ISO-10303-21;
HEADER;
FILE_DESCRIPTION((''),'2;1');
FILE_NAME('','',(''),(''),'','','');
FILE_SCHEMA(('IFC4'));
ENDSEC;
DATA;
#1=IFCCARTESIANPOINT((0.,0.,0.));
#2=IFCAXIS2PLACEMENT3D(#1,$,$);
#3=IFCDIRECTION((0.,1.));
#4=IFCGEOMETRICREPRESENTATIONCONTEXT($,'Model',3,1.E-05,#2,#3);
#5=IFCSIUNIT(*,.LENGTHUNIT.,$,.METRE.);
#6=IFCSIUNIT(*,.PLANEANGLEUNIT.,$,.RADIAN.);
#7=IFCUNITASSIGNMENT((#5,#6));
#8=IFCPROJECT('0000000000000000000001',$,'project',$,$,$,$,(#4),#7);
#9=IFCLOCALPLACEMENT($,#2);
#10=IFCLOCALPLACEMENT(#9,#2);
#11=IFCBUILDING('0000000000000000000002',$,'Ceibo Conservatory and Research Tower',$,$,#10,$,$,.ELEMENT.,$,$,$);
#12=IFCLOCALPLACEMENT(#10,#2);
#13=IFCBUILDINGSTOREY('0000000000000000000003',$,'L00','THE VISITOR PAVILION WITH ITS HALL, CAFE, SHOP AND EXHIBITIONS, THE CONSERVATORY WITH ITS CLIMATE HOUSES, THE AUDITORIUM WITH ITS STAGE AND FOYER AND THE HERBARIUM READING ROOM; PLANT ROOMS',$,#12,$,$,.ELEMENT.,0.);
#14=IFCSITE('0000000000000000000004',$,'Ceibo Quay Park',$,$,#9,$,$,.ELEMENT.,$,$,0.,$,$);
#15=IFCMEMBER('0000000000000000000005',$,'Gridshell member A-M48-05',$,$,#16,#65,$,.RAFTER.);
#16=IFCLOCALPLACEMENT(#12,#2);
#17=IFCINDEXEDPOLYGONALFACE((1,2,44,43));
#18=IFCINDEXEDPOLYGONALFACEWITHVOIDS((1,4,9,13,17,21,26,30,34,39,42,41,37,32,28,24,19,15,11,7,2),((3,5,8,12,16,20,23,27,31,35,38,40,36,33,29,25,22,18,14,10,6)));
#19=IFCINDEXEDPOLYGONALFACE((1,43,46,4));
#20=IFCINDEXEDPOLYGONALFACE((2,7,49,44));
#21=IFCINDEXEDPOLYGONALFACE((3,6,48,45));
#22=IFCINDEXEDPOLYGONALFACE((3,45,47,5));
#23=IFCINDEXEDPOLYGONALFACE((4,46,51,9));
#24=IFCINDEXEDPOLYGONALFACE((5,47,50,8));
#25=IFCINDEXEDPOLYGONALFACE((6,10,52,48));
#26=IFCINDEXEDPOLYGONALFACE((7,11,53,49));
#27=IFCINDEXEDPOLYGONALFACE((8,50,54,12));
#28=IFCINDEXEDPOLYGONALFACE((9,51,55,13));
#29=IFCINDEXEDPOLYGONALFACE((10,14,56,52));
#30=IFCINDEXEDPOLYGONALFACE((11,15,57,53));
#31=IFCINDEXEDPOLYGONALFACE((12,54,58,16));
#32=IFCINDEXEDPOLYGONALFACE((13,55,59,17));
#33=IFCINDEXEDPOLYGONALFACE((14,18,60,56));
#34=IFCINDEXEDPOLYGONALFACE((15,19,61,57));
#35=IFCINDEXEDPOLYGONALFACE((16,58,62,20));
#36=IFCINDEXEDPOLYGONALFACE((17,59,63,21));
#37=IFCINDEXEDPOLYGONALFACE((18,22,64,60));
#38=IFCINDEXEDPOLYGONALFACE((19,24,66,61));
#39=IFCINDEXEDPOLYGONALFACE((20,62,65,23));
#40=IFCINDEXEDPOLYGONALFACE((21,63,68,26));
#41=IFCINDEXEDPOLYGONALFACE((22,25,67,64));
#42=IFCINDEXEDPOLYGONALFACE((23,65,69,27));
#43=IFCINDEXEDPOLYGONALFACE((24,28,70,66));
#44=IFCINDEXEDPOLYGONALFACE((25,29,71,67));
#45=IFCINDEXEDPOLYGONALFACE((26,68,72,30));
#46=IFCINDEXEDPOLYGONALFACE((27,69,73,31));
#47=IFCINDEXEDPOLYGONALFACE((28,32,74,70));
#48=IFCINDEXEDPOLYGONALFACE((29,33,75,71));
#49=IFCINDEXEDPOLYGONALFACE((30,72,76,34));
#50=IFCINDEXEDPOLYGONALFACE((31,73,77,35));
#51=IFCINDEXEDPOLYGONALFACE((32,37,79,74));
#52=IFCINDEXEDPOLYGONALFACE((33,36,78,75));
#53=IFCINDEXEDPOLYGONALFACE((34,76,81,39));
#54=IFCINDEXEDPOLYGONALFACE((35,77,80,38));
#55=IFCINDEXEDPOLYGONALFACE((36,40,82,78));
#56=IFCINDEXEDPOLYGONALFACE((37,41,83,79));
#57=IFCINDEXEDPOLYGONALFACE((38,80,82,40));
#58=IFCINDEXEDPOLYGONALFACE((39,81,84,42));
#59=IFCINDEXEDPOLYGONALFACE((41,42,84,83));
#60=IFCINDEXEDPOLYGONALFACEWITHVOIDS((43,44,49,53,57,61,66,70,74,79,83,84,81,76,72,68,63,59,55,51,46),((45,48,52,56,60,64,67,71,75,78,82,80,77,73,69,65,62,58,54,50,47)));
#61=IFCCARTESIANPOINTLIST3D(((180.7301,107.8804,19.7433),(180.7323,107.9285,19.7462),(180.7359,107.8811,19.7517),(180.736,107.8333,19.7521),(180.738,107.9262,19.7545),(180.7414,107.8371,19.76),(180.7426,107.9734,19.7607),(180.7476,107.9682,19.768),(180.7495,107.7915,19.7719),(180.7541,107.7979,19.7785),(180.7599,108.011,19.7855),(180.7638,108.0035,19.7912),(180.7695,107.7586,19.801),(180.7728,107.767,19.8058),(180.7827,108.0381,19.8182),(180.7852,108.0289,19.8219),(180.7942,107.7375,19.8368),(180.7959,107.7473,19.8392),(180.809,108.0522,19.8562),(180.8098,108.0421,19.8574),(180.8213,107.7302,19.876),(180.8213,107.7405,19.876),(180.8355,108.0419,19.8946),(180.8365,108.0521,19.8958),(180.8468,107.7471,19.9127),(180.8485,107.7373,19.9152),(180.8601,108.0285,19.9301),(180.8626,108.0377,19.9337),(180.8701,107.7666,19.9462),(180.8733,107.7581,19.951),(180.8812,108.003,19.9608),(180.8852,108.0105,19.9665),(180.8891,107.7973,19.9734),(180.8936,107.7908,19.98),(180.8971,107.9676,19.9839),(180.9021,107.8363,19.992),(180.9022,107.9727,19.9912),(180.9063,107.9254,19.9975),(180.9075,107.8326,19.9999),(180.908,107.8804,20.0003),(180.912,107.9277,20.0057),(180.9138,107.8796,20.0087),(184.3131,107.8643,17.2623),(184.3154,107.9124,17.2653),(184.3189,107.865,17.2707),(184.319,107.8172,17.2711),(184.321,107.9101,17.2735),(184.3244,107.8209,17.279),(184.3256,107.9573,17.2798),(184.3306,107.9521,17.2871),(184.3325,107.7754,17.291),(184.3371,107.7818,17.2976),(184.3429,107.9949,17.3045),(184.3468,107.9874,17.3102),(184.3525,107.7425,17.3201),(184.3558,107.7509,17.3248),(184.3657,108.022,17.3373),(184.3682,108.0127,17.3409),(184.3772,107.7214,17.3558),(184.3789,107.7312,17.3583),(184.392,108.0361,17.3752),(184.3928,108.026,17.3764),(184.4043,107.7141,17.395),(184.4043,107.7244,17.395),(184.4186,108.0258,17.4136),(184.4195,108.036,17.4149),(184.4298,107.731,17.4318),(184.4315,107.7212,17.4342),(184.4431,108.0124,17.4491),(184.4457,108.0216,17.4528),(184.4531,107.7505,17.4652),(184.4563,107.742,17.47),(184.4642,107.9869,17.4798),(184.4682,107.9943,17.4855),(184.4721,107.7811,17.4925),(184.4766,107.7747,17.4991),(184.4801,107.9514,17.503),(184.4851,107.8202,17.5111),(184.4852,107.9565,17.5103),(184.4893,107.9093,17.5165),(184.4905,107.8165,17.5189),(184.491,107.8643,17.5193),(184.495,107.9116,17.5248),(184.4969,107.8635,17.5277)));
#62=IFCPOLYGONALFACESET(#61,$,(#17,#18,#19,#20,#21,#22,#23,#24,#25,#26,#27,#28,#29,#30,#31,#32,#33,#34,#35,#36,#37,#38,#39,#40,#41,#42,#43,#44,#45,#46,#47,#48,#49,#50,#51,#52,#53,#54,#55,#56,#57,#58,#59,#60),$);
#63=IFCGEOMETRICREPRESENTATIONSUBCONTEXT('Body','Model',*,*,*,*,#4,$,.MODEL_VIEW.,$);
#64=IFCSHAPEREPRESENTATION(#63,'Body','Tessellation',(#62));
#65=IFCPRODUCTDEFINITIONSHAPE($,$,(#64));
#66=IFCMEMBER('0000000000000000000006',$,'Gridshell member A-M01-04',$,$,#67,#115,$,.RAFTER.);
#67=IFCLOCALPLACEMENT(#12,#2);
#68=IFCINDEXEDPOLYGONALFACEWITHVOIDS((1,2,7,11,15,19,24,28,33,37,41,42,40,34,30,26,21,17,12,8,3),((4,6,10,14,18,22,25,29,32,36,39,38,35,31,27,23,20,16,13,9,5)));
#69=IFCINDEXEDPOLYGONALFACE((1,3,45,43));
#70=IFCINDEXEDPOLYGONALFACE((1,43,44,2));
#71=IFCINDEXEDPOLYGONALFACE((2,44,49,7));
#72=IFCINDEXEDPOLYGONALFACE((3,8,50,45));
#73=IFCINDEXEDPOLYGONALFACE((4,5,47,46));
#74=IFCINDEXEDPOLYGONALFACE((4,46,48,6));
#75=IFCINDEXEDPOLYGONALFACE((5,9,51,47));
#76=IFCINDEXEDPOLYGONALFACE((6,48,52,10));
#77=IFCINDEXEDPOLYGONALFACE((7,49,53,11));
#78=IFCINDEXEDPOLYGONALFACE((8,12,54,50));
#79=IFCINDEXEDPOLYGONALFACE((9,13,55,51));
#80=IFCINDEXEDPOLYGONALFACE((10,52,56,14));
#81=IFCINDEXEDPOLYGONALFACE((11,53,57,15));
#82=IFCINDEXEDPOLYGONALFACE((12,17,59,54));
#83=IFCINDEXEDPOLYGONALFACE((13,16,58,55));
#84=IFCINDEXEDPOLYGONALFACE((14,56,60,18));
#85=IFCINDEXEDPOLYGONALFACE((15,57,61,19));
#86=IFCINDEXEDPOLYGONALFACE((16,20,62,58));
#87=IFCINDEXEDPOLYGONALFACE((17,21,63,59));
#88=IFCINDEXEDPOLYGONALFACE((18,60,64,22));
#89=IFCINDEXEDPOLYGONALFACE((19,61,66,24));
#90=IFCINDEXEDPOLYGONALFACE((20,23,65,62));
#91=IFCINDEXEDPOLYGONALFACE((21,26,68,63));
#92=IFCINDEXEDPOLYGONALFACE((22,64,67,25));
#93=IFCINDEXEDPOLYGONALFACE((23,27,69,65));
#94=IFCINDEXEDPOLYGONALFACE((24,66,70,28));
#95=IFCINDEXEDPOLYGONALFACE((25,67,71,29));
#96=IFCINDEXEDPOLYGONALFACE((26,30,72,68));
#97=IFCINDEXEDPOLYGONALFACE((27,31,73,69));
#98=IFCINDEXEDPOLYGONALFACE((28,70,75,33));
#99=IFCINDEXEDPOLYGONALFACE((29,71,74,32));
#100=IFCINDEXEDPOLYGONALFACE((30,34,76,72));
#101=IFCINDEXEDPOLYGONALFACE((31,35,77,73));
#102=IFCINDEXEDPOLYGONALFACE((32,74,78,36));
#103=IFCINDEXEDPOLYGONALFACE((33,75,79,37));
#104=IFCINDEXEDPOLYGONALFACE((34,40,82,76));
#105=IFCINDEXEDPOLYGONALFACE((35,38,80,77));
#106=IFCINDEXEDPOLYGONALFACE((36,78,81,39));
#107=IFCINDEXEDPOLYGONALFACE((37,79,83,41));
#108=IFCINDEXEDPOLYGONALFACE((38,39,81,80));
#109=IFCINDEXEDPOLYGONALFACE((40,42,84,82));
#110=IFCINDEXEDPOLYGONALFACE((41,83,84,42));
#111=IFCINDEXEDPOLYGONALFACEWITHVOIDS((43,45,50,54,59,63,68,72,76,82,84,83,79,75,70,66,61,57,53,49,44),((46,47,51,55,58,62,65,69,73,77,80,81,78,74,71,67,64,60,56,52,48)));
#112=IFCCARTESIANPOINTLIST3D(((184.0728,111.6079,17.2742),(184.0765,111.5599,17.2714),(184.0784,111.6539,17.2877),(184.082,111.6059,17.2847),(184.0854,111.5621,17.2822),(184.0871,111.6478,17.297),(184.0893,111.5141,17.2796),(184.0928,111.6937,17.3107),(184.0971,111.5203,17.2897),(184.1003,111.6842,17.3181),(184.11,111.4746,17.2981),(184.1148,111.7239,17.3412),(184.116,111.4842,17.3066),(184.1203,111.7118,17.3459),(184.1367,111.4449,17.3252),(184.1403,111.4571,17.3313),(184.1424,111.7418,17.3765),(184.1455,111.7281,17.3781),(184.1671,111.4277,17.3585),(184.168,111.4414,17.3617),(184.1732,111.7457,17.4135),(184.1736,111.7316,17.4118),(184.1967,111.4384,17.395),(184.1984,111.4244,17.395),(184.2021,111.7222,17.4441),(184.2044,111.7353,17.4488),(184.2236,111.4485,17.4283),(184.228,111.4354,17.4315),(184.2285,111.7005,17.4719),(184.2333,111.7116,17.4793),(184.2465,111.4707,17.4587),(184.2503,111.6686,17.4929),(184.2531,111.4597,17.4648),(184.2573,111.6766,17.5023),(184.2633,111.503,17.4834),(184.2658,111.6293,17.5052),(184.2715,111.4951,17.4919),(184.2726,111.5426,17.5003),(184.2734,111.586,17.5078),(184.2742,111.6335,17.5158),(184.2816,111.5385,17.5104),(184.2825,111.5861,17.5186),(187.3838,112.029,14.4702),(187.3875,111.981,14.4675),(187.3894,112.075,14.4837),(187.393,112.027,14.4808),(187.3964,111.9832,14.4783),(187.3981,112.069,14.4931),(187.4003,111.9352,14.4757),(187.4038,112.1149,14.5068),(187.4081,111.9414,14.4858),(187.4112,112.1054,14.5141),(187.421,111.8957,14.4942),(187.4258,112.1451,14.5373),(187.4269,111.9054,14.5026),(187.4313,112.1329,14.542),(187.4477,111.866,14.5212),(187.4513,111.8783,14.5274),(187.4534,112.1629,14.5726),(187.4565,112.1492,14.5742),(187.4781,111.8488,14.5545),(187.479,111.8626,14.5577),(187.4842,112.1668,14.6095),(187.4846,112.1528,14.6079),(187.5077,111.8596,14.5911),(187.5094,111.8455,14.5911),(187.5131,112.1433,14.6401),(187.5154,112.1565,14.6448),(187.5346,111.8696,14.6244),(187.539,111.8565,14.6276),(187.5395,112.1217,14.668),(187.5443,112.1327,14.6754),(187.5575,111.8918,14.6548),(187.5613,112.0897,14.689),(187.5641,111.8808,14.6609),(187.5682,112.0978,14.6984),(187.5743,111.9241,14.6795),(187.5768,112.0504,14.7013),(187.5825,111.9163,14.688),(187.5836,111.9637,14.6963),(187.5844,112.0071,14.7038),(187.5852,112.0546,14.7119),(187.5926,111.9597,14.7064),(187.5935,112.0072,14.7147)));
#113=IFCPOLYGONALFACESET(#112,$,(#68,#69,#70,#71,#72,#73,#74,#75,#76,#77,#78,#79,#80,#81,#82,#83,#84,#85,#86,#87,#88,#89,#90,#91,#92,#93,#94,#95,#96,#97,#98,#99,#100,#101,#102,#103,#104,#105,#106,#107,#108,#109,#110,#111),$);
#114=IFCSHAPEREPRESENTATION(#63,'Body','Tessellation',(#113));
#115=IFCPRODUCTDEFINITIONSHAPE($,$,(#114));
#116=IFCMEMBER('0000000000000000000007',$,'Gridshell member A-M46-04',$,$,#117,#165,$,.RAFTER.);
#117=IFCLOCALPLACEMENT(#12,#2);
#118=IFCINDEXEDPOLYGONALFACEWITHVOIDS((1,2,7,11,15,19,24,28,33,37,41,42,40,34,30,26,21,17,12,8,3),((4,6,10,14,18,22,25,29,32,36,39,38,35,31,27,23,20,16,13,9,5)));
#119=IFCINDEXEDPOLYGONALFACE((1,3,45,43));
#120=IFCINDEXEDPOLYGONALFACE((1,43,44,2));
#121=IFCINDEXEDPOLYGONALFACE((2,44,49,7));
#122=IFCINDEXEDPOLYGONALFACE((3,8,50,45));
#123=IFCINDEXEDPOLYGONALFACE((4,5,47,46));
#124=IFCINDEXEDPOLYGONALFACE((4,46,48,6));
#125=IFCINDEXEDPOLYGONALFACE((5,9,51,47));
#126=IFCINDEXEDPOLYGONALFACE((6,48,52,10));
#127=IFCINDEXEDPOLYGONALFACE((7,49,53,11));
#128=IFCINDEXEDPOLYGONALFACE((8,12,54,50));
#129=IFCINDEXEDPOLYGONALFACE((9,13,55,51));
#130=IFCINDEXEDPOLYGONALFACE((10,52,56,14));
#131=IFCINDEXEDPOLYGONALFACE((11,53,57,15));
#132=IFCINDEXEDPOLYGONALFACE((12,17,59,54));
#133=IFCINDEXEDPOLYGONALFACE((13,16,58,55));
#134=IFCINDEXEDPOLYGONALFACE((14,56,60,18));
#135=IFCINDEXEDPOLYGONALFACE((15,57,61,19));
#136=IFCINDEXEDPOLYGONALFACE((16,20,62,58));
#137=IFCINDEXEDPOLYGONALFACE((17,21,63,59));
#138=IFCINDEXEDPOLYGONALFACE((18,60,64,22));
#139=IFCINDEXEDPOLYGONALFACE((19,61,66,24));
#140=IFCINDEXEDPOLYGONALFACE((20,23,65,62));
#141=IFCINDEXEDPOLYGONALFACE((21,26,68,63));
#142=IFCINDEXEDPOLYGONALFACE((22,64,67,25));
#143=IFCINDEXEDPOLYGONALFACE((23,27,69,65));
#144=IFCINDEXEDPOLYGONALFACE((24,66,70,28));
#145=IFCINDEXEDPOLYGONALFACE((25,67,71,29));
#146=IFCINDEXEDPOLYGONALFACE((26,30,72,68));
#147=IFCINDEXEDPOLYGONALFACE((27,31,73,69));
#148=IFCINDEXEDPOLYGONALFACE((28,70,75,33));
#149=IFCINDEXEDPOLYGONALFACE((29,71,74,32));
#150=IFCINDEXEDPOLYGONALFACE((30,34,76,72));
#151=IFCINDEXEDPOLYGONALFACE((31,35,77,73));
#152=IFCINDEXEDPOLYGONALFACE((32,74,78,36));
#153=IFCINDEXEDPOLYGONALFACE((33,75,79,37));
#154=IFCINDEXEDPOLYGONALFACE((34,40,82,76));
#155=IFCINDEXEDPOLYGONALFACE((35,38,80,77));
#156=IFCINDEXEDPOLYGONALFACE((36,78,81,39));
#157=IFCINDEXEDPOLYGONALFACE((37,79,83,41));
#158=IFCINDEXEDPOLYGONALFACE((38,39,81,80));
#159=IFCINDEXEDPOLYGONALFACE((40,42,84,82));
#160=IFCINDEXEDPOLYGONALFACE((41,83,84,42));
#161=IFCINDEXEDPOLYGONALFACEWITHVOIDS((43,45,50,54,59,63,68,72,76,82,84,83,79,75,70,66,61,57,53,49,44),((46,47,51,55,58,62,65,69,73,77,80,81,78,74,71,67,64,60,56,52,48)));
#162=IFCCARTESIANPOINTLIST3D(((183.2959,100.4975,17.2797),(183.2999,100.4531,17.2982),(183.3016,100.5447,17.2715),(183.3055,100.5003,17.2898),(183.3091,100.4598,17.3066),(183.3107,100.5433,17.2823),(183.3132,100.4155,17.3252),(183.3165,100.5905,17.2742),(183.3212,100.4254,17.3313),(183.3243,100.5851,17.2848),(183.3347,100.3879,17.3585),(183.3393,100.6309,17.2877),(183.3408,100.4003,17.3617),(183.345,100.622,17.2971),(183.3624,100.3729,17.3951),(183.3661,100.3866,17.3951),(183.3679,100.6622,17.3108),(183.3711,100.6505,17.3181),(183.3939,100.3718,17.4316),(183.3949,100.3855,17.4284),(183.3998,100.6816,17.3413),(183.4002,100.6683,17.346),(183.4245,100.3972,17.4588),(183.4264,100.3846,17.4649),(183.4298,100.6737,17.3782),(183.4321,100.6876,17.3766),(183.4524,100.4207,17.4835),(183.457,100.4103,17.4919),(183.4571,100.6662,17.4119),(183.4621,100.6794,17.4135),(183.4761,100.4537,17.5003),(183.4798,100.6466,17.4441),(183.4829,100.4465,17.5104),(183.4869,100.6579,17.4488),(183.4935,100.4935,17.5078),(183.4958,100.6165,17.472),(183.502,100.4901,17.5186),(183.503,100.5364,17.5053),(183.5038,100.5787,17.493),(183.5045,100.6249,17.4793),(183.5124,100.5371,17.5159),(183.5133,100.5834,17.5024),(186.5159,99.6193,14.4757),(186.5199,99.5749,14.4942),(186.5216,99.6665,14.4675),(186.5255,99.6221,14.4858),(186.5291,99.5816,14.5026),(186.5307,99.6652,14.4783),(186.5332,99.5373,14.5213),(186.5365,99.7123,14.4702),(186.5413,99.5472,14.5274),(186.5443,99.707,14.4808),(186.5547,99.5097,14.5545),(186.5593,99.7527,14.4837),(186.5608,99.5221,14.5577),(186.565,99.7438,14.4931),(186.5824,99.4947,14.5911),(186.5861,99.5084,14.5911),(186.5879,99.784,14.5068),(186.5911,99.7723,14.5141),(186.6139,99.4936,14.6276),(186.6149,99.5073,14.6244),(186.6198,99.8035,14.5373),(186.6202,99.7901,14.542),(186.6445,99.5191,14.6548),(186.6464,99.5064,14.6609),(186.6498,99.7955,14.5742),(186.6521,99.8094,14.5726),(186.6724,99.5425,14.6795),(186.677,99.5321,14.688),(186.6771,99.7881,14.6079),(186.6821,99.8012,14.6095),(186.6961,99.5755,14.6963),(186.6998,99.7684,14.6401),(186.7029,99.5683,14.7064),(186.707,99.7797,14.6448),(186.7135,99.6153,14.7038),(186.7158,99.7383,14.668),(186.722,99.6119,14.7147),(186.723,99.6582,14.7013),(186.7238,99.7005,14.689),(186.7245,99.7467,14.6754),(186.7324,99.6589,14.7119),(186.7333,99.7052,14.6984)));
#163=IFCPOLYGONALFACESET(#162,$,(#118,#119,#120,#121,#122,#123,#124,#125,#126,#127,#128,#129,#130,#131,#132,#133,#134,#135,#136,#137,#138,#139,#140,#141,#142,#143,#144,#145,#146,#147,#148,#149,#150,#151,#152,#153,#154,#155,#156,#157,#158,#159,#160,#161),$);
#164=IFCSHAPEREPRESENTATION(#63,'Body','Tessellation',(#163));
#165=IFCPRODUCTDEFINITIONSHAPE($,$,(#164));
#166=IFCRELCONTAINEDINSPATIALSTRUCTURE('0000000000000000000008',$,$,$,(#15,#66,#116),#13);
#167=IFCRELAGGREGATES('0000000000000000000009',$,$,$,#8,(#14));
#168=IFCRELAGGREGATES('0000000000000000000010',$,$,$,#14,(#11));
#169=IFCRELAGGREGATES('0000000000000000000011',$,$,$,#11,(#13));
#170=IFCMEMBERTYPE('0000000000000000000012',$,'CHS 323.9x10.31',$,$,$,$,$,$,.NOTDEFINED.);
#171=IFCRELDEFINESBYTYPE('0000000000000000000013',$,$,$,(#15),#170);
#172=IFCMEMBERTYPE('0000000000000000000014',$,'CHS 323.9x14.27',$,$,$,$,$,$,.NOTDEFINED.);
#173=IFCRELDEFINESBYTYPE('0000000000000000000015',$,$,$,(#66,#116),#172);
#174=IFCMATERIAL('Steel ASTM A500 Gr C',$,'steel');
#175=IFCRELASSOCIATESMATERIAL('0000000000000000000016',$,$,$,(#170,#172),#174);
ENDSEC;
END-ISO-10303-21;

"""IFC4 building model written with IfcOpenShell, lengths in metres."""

from ifc_helpers import new_model, si_unit, direction, frame, origin, origin_2d, place, context, subcontext, project, spatial, hollow_circle, extrude, material, material_profile, profile_set, type_object, element, save


model = new_model("IFC4")

# Units and contexts
model_context = context("Model", 3, precision=1e-05, world=origin(), true_north=direction((0.0, 1.0)))
body_context = subcontext(model_context, "Body", "Model", "MODEL_VIEW")
ifc_project = project(units=[si_unit("LENGTHUNIT", "METRE"), si_unit("PLANEANGLEUNIT", "RADIAN")], contexts=[model_context])

# Site, building, storey
site_placement = place(None, origin())
site = spatial("IfcSite", under=ifc_project, at=site_placement, Name="Ceibo Quay Park", CompositionType="ELEMENT", RefElevation=0.0)
building_placement = place(site_placement, origin())
building = spatial("IfcBuilding", under=site, at=building_placement, Name="Ceibo Conservatory and Research Tower", CompositionType="ELEMENT")
storey_placement = place(building_placement, origin())
storey = spatial("IfcBuildingStorey", under=building, at=storey_placement, Name="L00", Description="THE VISITOR PAVILION WITH ITS HALL, CAFE, SHOP AND EXHIBITIONS, THE CONSERVATORY WITH ITS CLIMATE HOUSES, THE AUDITORIUM WITH ITS STAGE AND FOYER AND THE HERBARIUM READING ROOM; PLANT ROOMS", CompositionType="ELEMENT", Elevation=0.0)

# Members
ifc_material_1 = material(Name="Steel ASTM A500 Gr C", Category="steel")
ifc_material_profile_1 = material_profile(ifc_material_1, hollow_circle(Radius=0.1619, WallThickness=0.0103, at=origin_2d()), Name="CHS 323.9x10.31")
ifc_profile_set_1 = profile_set([ifc_material_profile_1], Name="Steel ASTM A500 Gr C")
member_type_1 = type_object("IfcMemberType", Name="CHS 323.9x10.31", PredefinedType="NOTDEFINED", material=ifc_profile_set_1)
member_1_placement = place(storey_placement, frame((184.405, 107.876, 17.395), z_axis=(-0.822142, 0.003697, 0.56927), x_axis=(-0.004497, -0.99999, 0.0)))
element("IfcMember", 1, at=member_1_placement, inside=storey, type_object=member_type_1, Name="Gridshell member A-M48-05", PredefinedType="RAFTER", context=body_context, shape_type="SweptSolid", body=[
    extrude(hollow_circle(Radius=0.1619, WallThickness=0.0103, at=origin_2d()), origin(), (0.0, 0.0, 1.0), 4.3582),
])
ifc_material_profile_2 = material_profile(ifc_material_1, hollow_circle(Radius=0.1619, WallThickness=0.0142, at=origin_2d()), Name="CHS 323.9x14.27")
ifc_profile_set_2 = profile_set([ifc_material_profile_2], Name="Steel ASTM A500 Gr C")
member_type_2 = type_object("IfcMemberType", Name="CHS 323.9x14.27", PredefinedType="NOTDEFINED", material=ifc_profile_set_2)
for number, where, z_axis, x_axis, name in (
    (2, (187.489, 112.0061, 14.5911), (-0.759554, -0.09661, 0.643229), (0.126177, -0.992008, 0.0), "Gridshell member A-M01-04"),
    (3, (186.625, 99.6509, 14.5911), (-0.738682, 0.201459, 0.643245), (-0.263117, -0.964764, 0.0), "Gridshell member A-M46-04"),
):
    element("IfcMember", number, at=place(storey_placement, frame(where, z_axis=z_axis, x_axis=x_axis)), inside=storey, type_object=member_type_2, Name=name, PredefinedType="RAFTER", context=body_context, shape_type="SweptSolid", body=[
        extrude(hollow_circle(Radius=0.1619, WallThickness=0.0142, at=origin_2d()), origin(), (0.0, 0.0, 1.0), 4.3591),
    ])

save(model, "model.ifc")
